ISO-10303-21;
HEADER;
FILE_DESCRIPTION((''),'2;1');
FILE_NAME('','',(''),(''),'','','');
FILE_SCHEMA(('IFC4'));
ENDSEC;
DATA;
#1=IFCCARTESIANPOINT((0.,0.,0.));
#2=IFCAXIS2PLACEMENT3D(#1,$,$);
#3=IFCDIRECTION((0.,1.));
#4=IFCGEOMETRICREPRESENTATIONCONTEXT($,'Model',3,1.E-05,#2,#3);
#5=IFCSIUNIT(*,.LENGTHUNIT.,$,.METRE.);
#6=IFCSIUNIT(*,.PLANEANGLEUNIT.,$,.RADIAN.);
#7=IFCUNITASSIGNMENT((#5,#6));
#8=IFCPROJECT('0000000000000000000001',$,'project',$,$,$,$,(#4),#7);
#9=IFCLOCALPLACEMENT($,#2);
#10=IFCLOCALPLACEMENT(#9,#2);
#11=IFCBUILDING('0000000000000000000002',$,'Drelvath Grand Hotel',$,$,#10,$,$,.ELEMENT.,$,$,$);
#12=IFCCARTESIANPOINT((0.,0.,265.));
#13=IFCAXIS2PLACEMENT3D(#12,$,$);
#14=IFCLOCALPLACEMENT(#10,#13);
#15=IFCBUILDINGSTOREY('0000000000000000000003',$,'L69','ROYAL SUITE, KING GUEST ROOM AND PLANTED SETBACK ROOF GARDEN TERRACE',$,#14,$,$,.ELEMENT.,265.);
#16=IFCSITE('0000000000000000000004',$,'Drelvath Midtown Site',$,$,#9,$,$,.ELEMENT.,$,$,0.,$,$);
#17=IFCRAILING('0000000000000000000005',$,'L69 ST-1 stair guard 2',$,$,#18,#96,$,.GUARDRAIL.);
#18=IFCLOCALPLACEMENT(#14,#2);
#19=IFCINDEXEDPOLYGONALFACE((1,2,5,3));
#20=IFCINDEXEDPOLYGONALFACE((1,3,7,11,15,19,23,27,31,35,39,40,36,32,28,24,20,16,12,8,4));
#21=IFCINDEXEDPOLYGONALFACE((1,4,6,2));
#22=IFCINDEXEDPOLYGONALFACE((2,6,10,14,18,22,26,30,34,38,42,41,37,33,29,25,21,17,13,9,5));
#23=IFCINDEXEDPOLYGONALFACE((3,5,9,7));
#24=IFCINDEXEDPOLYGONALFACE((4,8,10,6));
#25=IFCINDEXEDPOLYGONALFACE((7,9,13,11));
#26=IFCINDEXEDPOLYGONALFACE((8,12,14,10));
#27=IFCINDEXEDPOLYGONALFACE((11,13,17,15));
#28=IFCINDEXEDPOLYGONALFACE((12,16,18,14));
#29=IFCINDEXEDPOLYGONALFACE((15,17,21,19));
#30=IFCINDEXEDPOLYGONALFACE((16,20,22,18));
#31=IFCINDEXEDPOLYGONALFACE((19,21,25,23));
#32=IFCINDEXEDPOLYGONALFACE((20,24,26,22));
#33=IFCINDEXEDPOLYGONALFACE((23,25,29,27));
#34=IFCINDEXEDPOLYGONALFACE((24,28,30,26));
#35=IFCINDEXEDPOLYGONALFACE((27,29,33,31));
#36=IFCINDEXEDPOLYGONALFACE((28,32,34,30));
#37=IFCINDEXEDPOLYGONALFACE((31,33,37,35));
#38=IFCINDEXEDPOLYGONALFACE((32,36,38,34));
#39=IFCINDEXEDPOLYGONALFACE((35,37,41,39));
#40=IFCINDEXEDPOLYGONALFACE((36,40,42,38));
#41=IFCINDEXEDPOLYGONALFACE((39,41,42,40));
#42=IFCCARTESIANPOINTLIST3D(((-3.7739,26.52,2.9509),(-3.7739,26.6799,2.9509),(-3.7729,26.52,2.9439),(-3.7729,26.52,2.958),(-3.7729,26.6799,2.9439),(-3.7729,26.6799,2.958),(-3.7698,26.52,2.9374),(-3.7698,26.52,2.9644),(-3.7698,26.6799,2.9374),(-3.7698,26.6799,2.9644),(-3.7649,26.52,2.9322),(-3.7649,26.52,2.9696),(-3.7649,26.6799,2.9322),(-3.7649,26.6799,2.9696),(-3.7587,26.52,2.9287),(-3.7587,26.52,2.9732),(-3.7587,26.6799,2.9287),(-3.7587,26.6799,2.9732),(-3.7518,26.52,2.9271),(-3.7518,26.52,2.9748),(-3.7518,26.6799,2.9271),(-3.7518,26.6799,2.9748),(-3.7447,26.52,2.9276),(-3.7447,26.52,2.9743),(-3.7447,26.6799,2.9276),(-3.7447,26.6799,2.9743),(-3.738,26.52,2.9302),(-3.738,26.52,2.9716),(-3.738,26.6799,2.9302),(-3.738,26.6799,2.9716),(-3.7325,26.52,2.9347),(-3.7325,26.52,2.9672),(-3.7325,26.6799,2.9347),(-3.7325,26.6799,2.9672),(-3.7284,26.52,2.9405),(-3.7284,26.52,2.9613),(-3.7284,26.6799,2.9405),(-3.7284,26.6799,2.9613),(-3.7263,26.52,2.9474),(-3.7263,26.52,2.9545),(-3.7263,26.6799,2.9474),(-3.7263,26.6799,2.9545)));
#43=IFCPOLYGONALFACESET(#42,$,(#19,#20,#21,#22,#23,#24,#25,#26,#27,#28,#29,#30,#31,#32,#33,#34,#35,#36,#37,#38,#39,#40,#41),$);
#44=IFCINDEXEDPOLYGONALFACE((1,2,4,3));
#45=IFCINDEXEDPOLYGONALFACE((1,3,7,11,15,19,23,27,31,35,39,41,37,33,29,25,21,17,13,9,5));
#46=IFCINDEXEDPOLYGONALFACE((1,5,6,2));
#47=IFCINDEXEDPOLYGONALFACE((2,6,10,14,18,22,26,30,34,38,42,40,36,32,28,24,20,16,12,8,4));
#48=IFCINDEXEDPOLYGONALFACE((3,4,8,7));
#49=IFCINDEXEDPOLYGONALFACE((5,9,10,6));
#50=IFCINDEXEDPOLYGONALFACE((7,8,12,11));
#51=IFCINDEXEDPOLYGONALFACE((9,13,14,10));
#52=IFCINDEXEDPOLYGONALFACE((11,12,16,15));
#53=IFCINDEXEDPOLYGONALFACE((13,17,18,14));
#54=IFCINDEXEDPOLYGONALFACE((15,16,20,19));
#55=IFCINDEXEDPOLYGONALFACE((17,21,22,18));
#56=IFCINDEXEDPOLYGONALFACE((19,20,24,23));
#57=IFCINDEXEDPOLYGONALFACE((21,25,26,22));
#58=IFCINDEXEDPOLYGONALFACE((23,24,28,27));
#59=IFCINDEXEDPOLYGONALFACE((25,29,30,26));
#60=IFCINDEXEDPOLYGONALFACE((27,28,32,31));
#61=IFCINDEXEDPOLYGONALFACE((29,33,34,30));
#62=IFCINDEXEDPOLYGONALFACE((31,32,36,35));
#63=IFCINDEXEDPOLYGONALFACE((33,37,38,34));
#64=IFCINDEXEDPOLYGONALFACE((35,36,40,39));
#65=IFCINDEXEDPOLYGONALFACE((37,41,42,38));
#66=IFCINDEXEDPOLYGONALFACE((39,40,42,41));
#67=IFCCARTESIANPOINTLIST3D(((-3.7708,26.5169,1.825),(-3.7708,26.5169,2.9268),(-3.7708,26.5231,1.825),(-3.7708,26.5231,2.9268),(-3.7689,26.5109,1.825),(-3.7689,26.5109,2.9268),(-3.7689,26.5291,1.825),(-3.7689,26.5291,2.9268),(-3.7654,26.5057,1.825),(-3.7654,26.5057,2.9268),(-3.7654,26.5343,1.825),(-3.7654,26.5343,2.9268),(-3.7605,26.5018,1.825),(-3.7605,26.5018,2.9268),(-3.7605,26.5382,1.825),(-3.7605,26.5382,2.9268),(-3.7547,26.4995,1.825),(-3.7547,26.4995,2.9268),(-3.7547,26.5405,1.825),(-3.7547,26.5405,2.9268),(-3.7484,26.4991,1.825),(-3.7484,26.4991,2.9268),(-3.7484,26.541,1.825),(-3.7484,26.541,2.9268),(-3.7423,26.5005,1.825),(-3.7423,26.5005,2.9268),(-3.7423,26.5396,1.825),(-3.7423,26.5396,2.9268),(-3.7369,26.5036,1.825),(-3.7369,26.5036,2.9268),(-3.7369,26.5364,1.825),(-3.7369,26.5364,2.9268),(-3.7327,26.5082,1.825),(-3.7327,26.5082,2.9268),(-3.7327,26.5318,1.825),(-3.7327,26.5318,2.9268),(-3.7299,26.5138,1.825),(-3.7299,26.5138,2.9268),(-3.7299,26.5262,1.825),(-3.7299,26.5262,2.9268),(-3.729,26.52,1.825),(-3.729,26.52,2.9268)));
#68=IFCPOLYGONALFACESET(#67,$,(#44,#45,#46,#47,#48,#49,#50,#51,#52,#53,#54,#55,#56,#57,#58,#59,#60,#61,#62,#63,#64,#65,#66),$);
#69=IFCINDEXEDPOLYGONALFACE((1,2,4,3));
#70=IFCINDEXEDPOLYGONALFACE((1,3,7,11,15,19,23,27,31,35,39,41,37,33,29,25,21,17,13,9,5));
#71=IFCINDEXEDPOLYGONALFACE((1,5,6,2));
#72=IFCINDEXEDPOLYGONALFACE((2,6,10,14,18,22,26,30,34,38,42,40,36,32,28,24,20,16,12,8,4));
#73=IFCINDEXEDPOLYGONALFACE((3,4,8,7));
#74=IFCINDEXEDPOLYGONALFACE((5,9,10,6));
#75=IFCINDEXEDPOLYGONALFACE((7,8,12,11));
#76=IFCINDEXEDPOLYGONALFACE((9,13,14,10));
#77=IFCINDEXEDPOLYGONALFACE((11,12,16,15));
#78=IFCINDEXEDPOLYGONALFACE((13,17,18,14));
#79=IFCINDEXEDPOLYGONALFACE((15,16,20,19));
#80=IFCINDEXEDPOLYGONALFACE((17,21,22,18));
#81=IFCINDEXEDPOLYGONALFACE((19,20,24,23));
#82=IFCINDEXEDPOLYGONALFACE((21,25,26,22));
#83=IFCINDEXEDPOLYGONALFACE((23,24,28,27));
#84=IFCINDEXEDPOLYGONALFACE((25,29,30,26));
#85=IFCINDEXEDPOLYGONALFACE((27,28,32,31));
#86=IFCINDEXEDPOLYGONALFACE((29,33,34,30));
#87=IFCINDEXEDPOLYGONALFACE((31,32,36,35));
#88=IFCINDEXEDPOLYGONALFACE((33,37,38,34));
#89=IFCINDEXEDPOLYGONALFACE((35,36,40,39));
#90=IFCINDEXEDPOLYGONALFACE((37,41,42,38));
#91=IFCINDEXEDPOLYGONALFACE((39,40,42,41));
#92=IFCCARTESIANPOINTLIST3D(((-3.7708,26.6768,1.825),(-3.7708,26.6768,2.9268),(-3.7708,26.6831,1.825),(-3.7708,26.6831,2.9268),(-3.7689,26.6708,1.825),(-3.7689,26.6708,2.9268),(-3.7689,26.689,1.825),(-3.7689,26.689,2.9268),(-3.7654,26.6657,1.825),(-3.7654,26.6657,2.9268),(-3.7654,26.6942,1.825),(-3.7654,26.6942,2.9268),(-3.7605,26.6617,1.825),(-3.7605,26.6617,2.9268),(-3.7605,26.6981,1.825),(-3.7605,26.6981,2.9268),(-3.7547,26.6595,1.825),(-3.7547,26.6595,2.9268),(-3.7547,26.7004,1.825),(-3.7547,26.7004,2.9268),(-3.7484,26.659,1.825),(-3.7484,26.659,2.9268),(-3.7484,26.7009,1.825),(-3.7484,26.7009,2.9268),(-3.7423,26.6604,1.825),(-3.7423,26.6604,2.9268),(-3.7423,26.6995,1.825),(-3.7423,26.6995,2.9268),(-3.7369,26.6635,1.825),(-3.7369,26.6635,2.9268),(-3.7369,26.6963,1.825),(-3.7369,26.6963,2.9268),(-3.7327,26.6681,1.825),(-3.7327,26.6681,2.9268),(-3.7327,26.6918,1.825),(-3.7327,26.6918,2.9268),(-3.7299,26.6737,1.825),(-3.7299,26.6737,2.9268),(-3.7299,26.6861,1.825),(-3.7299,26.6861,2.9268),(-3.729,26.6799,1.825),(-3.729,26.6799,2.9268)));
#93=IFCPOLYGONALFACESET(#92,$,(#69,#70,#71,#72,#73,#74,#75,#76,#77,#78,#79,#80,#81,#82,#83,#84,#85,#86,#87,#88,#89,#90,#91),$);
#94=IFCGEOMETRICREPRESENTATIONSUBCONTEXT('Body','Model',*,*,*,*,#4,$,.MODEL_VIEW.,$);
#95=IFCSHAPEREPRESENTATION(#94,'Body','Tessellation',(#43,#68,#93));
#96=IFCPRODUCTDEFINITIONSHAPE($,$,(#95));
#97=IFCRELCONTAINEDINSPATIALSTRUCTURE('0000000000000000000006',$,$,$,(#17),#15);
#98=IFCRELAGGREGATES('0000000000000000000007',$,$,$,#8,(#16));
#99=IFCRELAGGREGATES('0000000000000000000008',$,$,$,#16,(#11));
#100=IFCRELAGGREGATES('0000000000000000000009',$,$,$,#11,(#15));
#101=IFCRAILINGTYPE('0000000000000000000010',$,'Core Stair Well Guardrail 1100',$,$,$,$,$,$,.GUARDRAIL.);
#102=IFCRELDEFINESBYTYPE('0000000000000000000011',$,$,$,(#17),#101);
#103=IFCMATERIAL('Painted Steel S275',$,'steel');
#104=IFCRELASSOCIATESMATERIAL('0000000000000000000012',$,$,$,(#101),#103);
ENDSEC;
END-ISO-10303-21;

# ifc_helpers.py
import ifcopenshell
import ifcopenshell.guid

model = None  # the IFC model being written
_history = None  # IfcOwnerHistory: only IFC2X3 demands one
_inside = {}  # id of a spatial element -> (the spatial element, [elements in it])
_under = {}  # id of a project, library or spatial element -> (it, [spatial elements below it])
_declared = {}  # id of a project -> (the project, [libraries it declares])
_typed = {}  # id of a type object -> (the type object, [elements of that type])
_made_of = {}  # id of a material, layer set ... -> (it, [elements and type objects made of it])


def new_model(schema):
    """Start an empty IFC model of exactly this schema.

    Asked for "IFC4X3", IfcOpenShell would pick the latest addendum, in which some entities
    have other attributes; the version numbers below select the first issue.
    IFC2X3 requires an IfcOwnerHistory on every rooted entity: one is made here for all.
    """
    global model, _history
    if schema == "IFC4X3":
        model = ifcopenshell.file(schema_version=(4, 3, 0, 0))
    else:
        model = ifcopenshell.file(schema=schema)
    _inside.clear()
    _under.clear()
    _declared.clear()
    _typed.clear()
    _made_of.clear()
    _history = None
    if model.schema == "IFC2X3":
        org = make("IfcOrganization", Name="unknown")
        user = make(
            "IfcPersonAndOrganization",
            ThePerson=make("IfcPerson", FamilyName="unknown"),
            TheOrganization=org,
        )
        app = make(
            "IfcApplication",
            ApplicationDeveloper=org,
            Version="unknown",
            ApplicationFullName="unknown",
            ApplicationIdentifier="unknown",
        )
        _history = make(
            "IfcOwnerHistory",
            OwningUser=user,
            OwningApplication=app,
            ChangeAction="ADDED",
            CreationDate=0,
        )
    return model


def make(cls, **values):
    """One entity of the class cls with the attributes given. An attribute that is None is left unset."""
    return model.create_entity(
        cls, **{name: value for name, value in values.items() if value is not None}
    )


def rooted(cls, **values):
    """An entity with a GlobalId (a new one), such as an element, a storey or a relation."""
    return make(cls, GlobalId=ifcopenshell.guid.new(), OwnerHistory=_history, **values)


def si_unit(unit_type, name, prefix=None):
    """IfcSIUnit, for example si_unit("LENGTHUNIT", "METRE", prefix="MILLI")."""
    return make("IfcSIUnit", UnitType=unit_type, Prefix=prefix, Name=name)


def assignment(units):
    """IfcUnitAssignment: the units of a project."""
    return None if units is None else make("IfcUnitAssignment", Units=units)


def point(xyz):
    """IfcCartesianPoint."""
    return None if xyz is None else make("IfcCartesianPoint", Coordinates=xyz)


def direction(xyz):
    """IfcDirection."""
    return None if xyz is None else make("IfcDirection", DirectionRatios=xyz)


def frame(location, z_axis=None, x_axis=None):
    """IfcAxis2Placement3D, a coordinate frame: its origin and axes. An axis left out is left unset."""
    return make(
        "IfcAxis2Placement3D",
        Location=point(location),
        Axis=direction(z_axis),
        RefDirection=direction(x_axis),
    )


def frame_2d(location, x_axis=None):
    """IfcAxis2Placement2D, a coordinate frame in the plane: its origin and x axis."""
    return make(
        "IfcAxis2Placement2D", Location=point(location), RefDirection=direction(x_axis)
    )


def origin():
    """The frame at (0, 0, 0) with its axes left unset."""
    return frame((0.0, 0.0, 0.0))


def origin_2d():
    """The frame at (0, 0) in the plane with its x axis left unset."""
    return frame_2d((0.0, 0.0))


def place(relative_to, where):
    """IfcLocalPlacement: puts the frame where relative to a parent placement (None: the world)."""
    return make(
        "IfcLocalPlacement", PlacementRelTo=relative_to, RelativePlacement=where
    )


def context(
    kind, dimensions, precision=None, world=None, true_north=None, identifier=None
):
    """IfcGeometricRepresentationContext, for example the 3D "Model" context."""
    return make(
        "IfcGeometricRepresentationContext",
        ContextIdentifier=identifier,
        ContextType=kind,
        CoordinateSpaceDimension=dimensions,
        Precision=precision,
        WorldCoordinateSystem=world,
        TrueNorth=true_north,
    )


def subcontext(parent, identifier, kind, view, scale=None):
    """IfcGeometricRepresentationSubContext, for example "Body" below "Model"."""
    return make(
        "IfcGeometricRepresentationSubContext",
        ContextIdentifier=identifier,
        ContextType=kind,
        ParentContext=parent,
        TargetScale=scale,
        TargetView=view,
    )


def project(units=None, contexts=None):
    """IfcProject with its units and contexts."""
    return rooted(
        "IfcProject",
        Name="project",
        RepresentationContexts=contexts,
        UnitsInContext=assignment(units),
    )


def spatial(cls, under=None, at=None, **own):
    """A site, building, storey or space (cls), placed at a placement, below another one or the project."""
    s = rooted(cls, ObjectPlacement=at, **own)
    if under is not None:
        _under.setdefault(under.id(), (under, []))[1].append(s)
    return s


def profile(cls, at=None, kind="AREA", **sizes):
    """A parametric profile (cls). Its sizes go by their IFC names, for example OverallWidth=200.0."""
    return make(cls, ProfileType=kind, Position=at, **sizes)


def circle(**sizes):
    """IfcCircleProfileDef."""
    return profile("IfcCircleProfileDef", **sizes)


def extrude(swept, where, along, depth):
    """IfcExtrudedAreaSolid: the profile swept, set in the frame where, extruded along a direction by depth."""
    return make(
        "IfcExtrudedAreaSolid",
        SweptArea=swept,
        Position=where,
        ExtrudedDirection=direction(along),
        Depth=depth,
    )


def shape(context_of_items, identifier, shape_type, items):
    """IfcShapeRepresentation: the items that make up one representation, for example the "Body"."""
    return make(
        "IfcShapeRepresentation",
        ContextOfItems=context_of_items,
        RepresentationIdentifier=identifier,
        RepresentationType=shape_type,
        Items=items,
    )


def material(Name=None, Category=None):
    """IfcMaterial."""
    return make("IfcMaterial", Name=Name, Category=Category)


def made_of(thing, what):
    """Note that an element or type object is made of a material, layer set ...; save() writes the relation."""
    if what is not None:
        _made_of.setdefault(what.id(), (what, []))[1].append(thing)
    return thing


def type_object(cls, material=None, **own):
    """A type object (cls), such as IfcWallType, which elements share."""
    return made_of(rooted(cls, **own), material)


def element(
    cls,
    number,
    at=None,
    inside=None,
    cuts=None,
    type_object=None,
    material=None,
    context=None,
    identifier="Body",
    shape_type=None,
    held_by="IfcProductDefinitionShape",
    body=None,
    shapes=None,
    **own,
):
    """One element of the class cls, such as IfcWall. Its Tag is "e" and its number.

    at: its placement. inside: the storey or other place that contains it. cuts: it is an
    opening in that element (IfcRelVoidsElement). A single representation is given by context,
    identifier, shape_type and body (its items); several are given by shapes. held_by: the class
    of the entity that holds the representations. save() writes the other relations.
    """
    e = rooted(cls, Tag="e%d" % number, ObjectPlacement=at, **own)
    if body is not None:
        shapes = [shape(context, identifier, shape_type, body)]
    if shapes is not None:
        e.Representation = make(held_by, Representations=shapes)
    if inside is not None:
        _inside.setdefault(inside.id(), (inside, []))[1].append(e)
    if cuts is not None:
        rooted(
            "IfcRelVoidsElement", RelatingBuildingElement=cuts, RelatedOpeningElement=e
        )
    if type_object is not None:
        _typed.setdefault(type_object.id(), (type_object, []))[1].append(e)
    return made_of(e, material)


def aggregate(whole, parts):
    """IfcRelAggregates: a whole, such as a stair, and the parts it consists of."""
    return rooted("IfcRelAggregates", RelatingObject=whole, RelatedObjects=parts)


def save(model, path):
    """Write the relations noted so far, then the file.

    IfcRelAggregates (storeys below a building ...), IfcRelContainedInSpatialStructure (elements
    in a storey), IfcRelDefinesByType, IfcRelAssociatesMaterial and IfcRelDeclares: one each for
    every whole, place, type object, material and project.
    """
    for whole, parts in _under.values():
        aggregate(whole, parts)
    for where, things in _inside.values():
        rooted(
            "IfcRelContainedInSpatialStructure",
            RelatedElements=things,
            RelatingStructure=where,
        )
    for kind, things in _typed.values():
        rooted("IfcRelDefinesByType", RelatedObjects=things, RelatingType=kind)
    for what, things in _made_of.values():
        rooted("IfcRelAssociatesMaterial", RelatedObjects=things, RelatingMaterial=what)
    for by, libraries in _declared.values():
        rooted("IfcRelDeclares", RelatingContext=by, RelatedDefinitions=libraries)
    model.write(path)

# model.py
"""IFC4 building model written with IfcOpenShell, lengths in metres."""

from ifc_helpers import new_model, si_unit, direction, frame, origin, origin_2d, place, context, subcontext, project, spatial, circle, extrude, material, type_object, element, save


model = new_model("IFC4")

# Units and contexts
model_context = context("Model", 3, precision=1e-05, world=origin(), true_north=direction((0.0, 1.0)))
body_context = subcontext(model_context, "Body", "Model", "MODEL_VIEW")
ifc_project = project(units=[si_unit("LENGTHUNIT", "METRE"), si_unit("PLANEANGLEUNIT", "RADIAN")], contexts=[model_context])

# Site, building, storey
site_placement = place(None, origin())
site = spatial("IfcSite", under=ifc_project, at=site_placement, Name="Drelvath Midtown Site", CompositionType="ELEMENT", RefElevation=0.0)
building_placement = place(site_placement, origin())
building = spatial("IfcBuilding", under=site, at=building_placement, Name="Drelvath Grand Hotel", CompositionType="ELEMENT")
storey_placement = place(building_placement, frame((0.0, 0.0, 265.0)))
storey = spatial("IfcBuildingStorey", under=building, at=storey_placement, Name="L69", Description="ROYAL SUITE, KING GUEST ROOM AND PLANTED SETBACK ROOF GARDEN TERRACE", CompositionType="ELEMENT", Elevation=265.0)

# Shared definitions
ifc_material_1 = material(Name="Painted Steel S275", Category="steel")

# Railing
railing_type_1 = type_object("IfcRailingType", Name="Core Stair Well Guardrail 1100", PredefinedType="GUARDRAIL", material=ifc_material_1)
railing_1_placement = place(storey_placement, frame((-3.75, 26.52, 1.825)))
element("IfcRailing", 1, at=railing_1_placement, inside=storey, type_object=railing_type_1, Name="L69 ST-1 stair guard 2", PredefinedType="GUARDRAIL", context=body_context, shape_type="SweptSolid", body=[
    extrude(circle(Radius=0.0239, at=origin_2d()), frame((0.0, 0.0, 1.126), z_axis=(0.0, 1.0, 0.0), x_axis=(-1.0, 0.0, 0.0)), (0.0, 0.0, 1.0), 0.1599),
    extrude(circle(Radius=0.021, at=origin_2d()), origin(), (0.0, 0.0, 1.0), 1.1018),
    extrude(circle(Radius=0.021, at=origin_2d()), frame((0.0, 0.1599, 0.0)), (0.0, 0.0, 1.0), 1.1018),
])

save(model, "model.ifc")
